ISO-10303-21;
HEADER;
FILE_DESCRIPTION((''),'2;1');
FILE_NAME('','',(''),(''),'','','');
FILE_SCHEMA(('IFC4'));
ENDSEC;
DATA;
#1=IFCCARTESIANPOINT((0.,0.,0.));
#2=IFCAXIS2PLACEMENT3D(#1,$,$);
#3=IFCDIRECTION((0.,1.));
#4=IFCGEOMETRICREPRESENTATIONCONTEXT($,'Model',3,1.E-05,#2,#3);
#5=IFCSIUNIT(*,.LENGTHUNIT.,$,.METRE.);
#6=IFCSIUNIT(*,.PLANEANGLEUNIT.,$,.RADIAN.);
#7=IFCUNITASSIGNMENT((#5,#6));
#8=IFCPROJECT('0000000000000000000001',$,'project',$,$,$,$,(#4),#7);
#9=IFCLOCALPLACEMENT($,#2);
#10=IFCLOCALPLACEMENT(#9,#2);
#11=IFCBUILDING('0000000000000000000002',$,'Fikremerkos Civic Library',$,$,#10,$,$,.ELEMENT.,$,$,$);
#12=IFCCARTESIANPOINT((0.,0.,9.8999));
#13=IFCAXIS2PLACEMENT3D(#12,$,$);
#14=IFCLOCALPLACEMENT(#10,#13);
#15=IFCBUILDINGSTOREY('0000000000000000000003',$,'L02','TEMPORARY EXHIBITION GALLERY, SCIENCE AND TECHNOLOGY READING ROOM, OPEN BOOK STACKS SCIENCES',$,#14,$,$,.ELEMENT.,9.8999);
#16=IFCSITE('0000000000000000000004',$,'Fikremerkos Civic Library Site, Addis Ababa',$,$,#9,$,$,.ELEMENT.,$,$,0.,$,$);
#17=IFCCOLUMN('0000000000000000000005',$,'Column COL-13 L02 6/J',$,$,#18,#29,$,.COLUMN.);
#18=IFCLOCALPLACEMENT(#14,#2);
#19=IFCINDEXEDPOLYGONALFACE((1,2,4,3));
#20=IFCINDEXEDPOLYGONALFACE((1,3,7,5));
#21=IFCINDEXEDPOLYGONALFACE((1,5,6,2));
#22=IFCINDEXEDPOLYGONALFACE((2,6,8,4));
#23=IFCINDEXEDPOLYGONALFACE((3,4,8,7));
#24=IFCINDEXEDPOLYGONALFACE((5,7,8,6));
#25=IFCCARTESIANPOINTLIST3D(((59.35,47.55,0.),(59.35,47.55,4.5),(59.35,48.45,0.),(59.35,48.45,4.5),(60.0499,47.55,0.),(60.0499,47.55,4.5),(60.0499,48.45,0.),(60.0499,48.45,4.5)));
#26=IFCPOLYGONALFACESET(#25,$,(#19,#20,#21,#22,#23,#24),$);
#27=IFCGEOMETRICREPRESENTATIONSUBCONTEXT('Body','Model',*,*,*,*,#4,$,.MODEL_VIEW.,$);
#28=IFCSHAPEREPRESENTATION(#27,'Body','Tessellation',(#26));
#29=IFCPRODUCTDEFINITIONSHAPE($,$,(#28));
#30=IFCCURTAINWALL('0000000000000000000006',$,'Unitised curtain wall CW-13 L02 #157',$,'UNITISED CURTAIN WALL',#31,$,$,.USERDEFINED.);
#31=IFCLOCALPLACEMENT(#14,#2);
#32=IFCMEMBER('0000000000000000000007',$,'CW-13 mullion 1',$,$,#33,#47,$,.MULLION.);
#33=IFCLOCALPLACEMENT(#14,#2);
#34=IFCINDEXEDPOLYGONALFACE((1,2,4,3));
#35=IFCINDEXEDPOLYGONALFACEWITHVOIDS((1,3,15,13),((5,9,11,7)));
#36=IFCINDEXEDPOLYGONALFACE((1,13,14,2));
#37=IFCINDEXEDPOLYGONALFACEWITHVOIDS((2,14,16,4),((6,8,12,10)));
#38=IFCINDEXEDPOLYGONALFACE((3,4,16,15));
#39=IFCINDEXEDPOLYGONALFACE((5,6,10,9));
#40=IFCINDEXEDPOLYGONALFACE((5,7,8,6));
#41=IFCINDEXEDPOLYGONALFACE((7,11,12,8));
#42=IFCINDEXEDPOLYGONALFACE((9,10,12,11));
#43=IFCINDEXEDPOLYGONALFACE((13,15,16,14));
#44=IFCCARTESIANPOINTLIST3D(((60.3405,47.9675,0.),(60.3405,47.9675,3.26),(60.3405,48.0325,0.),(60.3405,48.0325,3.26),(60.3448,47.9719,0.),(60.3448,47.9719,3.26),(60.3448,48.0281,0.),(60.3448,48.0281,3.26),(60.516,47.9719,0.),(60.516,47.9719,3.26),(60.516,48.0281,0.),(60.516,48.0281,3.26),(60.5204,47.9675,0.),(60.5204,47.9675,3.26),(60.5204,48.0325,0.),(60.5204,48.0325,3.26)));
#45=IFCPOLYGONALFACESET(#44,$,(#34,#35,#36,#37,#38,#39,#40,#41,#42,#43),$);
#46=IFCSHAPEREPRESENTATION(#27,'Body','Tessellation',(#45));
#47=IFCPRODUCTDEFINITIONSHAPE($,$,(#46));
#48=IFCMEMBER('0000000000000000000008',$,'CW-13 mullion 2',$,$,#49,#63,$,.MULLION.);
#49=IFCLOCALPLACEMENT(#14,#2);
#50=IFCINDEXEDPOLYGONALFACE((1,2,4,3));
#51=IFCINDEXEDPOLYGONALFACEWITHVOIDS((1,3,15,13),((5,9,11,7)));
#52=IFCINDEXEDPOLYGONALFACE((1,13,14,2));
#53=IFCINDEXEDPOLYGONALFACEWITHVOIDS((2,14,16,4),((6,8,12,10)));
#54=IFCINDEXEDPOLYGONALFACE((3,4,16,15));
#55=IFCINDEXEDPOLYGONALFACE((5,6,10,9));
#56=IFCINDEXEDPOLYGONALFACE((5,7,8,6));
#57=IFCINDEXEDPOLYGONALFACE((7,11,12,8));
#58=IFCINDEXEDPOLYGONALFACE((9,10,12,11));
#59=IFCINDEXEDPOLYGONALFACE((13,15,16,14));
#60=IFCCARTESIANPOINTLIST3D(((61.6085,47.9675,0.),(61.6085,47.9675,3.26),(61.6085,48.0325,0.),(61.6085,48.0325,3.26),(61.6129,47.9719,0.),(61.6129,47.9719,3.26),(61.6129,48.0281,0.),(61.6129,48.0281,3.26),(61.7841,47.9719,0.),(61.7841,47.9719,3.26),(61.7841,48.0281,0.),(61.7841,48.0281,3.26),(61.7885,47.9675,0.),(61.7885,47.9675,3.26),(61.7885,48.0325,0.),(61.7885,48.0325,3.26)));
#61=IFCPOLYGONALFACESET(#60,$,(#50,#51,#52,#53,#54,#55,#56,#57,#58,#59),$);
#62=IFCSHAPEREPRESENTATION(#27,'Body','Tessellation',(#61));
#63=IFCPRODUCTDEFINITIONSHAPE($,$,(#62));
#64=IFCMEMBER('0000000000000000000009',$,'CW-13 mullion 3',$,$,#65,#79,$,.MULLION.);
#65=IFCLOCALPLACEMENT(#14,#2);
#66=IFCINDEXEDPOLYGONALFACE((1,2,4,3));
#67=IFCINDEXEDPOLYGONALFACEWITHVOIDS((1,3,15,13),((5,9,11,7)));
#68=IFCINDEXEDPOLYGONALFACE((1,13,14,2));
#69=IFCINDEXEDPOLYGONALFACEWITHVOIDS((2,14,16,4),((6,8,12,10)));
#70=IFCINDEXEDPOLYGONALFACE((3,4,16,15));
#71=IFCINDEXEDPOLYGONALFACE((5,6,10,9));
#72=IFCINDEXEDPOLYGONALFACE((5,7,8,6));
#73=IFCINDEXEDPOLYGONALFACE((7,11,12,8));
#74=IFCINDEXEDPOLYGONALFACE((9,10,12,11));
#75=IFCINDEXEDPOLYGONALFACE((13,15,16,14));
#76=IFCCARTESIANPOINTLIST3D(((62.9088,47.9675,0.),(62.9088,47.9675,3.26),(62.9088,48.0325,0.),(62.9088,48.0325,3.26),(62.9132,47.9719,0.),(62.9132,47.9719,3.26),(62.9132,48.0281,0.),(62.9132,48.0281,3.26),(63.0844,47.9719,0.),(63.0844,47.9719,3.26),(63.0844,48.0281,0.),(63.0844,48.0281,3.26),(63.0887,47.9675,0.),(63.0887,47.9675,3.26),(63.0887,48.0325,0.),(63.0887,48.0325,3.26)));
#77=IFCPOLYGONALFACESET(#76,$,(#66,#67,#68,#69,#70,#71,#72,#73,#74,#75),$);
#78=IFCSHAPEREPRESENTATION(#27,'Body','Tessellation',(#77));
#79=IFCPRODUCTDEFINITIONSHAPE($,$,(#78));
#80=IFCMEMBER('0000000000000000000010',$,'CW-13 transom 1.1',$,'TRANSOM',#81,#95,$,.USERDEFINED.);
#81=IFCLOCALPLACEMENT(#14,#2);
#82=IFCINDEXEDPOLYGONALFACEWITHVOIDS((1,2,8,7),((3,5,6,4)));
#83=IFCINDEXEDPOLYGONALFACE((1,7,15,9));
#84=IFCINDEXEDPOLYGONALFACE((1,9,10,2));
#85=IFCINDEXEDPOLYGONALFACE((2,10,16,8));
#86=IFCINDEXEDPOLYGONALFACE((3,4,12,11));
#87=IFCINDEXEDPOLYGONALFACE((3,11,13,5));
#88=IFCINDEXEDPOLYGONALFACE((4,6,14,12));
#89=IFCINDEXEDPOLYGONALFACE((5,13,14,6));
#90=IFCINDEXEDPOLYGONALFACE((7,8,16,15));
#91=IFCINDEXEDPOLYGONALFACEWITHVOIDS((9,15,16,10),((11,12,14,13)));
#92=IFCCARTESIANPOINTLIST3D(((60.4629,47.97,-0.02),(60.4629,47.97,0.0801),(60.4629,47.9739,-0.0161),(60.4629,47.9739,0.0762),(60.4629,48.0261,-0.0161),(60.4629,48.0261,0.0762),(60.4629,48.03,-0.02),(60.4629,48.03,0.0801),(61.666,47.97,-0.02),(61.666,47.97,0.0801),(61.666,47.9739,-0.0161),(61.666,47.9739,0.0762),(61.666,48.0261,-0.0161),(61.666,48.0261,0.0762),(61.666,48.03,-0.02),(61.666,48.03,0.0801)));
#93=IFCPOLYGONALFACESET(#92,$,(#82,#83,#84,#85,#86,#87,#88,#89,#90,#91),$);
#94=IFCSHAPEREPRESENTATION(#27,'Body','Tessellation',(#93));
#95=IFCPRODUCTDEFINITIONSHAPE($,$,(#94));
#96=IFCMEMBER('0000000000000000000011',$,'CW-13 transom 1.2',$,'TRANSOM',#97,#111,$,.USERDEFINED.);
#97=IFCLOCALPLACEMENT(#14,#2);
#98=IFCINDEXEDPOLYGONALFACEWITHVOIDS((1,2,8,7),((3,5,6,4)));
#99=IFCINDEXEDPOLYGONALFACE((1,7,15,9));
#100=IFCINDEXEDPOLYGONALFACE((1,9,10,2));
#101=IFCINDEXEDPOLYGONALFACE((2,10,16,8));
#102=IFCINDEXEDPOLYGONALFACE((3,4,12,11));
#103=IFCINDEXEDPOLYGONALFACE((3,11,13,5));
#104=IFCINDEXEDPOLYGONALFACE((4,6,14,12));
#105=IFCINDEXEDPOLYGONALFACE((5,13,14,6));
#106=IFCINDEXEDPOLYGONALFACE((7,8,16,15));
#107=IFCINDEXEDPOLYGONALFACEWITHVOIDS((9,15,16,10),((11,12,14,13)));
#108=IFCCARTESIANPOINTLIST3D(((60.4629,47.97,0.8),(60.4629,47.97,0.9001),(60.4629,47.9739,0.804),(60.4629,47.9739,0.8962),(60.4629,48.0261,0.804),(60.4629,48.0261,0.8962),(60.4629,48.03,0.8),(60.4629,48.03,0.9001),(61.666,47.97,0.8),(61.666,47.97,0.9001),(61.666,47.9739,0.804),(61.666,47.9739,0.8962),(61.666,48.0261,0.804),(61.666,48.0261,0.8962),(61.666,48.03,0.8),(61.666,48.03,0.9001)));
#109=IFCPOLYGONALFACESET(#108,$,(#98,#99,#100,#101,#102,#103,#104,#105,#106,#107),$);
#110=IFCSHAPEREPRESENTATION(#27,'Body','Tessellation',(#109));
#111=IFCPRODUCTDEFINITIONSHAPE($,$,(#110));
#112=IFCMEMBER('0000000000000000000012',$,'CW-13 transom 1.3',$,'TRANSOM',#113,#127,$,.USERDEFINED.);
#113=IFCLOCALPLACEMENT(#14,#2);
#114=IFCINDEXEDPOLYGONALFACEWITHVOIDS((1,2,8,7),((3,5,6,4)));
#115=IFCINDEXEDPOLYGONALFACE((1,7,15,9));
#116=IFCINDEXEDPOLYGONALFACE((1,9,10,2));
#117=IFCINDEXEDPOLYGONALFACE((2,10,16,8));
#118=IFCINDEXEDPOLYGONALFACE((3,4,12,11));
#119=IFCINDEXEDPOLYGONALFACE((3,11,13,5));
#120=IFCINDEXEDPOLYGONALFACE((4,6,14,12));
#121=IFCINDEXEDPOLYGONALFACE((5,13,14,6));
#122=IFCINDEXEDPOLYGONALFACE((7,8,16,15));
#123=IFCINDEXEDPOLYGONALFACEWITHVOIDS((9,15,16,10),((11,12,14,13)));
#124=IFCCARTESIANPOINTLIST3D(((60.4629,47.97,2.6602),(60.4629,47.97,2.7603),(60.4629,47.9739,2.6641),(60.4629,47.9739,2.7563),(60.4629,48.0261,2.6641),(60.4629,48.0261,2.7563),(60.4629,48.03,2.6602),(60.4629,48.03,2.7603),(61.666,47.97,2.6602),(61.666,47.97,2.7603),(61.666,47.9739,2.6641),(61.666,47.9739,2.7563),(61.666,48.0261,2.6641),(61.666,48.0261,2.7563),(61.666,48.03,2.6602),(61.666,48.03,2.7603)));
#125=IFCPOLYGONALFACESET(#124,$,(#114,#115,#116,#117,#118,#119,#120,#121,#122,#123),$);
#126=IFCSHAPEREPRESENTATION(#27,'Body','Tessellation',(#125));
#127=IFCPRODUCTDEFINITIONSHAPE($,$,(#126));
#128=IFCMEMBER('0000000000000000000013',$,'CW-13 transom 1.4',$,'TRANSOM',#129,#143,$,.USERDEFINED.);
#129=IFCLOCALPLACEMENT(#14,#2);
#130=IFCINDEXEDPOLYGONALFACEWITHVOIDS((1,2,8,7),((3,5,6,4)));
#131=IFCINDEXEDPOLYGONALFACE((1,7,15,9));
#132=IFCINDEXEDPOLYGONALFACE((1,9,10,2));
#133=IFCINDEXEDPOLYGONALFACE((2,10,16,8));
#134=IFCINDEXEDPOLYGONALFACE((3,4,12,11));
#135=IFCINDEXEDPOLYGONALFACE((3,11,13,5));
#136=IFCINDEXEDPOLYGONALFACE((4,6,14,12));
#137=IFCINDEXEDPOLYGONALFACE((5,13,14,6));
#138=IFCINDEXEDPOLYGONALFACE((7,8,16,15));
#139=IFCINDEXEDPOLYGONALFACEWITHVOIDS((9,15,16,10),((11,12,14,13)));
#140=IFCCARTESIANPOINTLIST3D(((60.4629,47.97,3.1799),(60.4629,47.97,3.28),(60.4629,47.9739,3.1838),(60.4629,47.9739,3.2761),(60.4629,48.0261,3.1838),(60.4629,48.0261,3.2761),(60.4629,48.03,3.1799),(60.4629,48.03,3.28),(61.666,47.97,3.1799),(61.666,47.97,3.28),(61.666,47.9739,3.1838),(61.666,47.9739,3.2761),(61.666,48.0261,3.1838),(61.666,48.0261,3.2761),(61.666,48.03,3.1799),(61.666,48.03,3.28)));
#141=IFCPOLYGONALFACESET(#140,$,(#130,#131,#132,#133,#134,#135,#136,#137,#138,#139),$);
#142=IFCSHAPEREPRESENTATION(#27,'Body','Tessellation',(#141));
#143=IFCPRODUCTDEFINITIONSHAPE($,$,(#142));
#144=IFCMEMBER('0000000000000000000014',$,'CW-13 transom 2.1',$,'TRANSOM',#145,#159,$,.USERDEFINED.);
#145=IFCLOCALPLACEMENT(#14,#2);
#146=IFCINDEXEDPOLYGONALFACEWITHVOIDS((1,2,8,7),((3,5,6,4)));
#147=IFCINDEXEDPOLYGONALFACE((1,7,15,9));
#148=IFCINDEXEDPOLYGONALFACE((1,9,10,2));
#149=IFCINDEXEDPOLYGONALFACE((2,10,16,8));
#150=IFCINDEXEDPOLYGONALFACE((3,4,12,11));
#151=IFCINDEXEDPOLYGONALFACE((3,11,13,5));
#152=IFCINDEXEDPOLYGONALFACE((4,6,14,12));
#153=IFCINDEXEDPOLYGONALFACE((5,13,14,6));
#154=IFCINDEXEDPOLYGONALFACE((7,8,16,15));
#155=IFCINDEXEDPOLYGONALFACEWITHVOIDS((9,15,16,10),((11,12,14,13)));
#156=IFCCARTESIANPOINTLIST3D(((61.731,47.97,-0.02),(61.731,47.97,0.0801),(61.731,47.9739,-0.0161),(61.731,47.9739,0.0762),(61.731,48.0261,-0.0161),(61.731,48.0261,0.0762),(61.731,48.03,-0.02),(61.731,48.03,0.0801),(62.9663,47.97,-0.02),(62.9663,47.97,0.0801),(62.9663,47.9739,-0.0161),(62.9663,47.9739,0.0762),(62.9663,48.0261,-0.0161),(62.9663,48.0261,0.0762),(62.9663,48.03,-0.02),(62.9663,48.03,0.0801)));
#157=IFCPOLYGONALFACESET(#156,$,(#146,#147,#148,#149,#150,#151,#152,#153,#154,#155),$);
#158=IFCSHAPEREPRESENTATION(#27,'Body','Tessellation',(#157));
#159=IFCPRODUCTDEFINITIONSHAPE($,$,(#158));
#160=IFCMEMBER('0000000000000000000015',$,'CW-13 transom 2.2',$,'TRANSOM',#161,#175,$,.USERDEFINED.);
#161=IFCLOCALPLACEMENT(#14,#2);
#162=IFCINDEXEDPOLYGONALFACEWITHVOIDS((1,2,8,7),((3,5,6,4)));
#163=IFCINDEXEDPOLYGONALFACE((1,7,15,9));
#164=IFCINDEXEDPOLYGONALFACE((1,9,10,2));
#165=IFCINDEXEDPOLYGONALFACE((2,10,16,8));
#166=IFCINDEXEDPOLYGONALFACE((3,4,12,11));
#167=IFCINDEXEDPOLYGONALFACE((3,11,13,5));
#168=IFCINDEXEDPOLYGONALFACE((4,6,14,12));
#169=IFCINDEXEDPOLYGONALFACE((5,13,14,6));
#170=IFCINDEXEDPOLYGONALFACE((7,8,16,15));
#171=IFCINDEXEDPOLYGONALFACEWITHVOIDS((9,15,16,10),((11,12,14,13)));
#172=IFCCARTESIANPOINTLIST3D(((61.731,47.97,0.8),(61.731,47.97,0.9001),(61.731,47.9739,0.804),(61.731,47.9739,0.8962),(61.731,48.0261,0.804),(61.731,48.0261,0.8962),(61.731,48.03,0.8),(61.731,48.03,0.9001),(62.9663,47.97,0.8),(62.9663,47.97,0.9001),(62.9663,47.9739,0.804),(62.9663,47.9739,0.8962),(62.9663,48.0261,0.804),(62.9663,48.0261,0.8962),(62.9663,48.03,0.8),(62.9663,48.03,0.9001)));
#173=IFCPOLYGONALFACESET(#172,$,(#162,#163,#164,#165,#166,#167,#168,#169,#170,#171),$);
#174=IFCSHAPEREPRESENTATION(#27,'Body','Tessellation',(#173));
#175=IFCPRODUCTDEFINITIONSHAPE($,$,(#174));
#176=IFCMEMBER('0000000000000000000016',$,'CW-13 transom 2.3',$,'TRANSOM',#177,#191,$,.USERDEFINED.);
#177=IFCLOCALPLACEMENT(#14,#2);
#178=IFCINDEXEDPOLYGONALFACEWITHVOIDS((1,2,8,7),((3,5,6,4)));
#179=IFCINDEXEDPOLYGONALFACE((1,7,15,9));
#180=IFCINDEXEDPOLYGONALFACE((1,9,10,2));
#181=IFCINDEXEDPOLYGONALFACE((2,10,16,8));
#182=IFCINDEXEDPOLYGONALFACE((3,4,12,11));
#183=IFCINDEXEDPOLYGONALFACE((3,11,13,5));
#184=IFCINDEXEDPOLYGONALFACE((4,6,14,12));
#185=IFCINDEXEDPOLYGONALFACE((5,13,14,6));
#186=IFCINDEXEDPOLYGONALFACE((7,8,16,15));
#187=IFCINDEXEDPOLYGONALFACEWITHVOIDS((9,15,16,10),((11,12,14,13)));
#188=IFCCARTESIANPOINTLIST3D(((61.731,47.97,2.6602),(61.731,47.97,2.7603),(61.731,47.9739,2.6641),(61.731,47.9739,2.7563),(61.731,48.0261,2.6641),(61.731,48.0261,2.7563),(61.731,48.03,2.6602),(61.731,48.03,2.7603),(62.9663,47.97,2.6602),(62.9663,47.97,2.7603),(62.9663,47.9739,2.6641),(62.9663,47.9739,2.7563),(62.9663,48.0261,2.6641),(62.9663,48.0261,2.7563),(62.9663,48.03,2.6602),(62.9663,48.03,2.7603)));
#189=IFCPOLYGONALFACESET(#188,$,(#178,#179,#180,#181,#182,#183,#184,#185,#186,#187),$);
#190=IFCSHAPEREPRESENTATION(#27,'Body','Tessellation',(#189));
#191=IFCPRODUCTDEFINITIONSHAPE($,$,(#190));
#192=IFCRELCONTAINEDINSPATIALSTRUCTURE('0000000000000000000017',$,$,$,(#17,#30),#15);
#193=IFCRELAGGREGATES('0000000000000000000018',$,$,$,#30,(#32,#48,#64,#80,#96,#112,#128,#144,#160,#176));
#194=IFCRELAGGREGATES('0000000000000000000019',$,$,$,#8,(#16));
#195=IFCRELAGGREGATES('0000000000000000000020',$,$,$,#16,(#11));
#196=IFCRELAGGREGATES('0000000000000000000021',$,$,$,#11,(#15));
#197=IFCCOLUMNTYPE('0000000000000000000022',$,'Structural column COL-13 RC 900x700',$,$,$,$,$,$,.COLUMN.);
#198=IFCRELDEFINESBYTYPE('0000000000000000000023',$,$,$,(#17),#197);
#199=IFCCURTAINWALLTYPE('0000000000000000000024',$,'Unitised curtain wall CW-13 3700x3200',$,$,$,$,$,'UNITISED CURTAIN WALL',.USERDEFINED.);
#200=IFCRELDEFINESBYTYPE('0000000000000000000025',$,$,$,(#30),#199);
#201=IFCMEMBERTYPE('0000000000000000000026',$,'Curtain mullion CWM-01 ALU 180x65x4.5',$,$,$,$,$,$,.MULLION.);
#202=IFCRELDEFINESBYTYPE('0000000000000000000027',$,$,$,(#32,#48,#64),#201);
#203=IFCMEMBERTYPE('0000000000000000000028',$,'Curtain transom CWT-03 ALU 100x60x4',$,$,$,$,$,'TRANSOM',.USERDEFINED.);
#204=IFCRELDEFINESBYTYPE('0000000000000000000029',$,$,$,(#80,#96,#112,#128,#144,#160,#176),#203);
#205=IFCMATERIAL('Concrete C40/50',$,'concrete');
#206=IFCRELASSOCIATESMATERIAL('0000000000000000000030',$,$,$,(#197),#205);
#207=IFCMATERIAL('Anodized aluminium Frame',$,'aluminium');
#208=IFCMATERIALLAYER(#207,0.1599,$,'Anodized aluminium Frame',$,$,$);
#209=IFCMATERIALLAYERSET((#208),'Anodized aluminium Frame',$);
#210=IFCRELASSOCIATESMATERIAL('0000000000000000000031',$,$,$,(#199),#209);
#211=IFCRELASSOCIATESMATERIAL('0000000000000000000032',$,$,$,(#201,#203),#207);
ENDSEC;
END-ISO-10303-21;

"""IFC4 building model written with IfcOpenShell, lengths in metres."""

from ifc_helpers import new_model, si_unit, direction, frame, origin, origin_2d, place, context, subcontext, project, spatial, rectangle, hollow_rectangle, extrude, material, layer, layer_set, material_profile, profile_set, type_object, element, aggregate, save


model = new_model("IFC4")

# Units and contexts
model_context = context("Model", 3, precision=1e-05, world=origin(), true_north=direction((0.0, 1.0)))
body_context = subcontext(model_context, "Body", "Model", "MODEL_VIEW")
ifc_project = project(units=[si_unit("LENGTHUNIT", "METRE"), si_unit("PLANEANGLEUNIT", "RADIAN")], contexts=[model_context])

# Site, building, storey
site_placement = place(None, origin())
site = spatial("IfcSite", under=ifc_project, at=site_placement, Name="Fikremerkos Civic Library Site, Addis Ababa", CompositionType="ELEMENT", RefElevation=0.0)
building_placement = place(site_placement, origin())
building = spatial("IfcBuilding", under=site, at=building_placement, Name="Fikremerkos Civic Library", CompositionType="ELEMENT")
storey_placement = place(building_placement, frame((0.0, 0.0, 9.8999)))
storey = spatial("IfcBuildingStorey", under=building, at=storey_placement, Name="L02", Description="TEMPORARY EXHIBITION GALLERY, SCIENCE AND TECHNOLOGY READING ROOM, OPEN BOOK STACKS SCIENCES", CompositionType="ELEMENT", Elevation=9.8999)

# Column
ifc_material_1 = material(Name="Concrete C40/50", Category="concrete")
ifc_material_profile_1 = material_profile(ifc_material_1, rectangle(XDim=0.8999, YDim=0.7, at=origin_2d()), Name="RC 900x700")
ifc_profile_set_1 = profile_set([ifc_material_profile_1], Name="Concrete C40/50")
column_type = type_object("IfcColumnType", Name="Structural column COL-13 RC 900x700", PredefinedType="COLUMN", material=ifc_profile_set_1)
column_placement = place(storey_placement, frame((59.7, 48.0, 0.0), z_axis=(0.0, 0.0, 1.0), x_axis=(0.0, 1.0, 0.0)))
element("IfcColumn", 1, at=column_placement, inside=storey, type_object=column_type, Name="Column COL-13 L02 6/J", PredefinedType="COLUMN", context=body_context, shape_type="SweptSolid", body=[
    extrude(rectangle(XDim=0.8999, YDim=0.7, at=origin_2d()), origin(), (0.0, 0.0, 1.0), 4.5),
])

# Curtain wall, members
ifc_material_2 = material(Name="Anodized aluminium Frame", Category="aluminium")
ifc_layer_1 = layer(ifc_material_2, 0.1599, Name="Anodized aluminium Frame")
ifc_layer_set_1 = layer_set([ifc_layer_1], Name="Anodized aluminium Frame")
curtain_wall_type = type_object("IfcCurtainWallType", Name="Unitised curtain wall CW-13 3700x3200", ElementType="UNITISED CURTAIN WALL", PredefinedType="USERDEFINED", material=ifc_layer_set_1)
curtain_wall_placement = place(storey_placement, origin())
curtain_wall = element("IfcCurtainWall", 2, at=curtain_wall_placement, inside=storey, type_object=curtain_wall_type, Name="Unitised curtain wall CW-13 L02 #157", ObjectType="UNITISED CURTAIN WALL", PredefinedType="USERDEFINED")
ifc_material_profile_2 = material_profile(ifc_material_2, hollow_rectangle(XDim=0.0649, YDim=0.1799, WallThickness=0.0044, at=origin_2d()), Name="ALU 180x65x4.5")
ifc_profile_set_2 = profile_set([ifc_material_profile_2], Name="Anodized aluminium Frame")
member_type_1 = type_object("IfcMemberType", Name="Curtain mullion CWM-01 ALU 180x65x4.5", PredefinedType="MULLION", material=ifc_profile_set_2)
member_1_placement = place(storey_placement, frame((60.4304, 48.0, 0.0), z_axis=(0.0, 0.0, 1.0), x_axis=(0.0, 1.0, 0.0)))
member_1 = element("IfcMember", 3, at=member_1_placement, type_object=member_type_1, Name="CW-13 mullion 1", PredefinedType="MULLION", context=body_context, shape_type="SweptSolid", body=[
    extrude(hollow_rectangle(XDim=0.0649, YDim=0.1799, WallThickness=0.0044, at=origin_2d()), origin(), (0.0, 0.0, 1.0), 3.26),
])
member_2_placement = place(storey_placement, frame((61.6985, 48.0, 0.0), z_axis=(0.0, 0.0, 1.0), x_axis=(0.0, 1.0, 0.0)))
member_2 = element("IfcMember", 4, at=member_2_placement, type_object=member_type_1, Name="CW-13 mullion 2", PredefinedType="MULLION", context=body_context, shape_type="SweptSolid", body=[
    extrude(hollow_rectangle(XDim=0.0649, YDim=0.1799, WallThickness=0.0044, at=origin_2d()), origin(), (0.0, 0.0, 1.0), 3.26),
])
member_3_placement = place(storey_placement, frame((62.9988, 48.0, 0.0), z_axis=(0.0, 0.0, 1.0), x_axis=(0.0, 1.0, 0.0)))
member_3 = element("IfcMember", 5, at=member_3_placement, type_object=member_type_1, Name="CW-13 mullion 3", PredefinedType="MULLION", context=body_context, shape_type="SweptSolid", body=[
    extrude(hollow_rectangle(XDim=0.0649, YDim=0.1799, WallThickness=0.0044, at=origin_2d()), origin(), (0.0, 0.0, 1.0), 3.26),
])
ifc_material_profile_3 = material_profile(ifc_material_2, hollow_rectangle(XDim=0.0601, YDim=0.1001, WallThickness=0.0039, at=origin_2d()), Name="ALU 100x60x4")
ifc_profile_set_3 = profile_set([ifc_material_profile_3], Name="Anodized aluminium Frame")
member_type_2 = type_object("IfcMemberType", Name="Curtain transom CWT-03 ALU 100x60x4", ElementType="TRANSOM", PredefinedType="USERDEFINED", material=ifc_profile_set_3)
member_4_placement = place(storey_placement, frame((60.4629, 48.0, 0.03), z_axis=(1.0, 0.0, 0.0), x_axis=(0.0, 1.0, 0.0)))
member_4 = element("IfcMember", 6, at=member_4_placement, type_object=member_type_2, Name="CW-13 transom 1.1", ObjectType="TRANSOM", PredefinedType="USERDEFINED", context=body_context, shape_type="SweptSolid", body=[
    extrude(hollow_rectangle(XDim=0.0601, YDim=0.1001, WallThickness=0.0039, at=origin_2d()), origin(), (0.0, 0.0, 1.0), 1.2031),
])
member_5_placement = place(storey_placement, frame((60.4629, 48.0, 0.8501), z_axis=(1.0, 0.0, 0.0), x_axis=(0.0, 1.0, 0.0)))
member_5 = element("IfcMember", 7, at=member_5_placement, type_object=member_type_2, Name="CW-13 transom 1.2", ObjectType="TRANSOM", PredefinedType="USERDEFINED", context=body_context, shape_type="SweptSolid", body=[
    extrude(hollow_rectangle(XDim=0.0601, YDim=0.1001, WallThickness=0.0039, at=origin_2d()), origin(), (0.0, 0.0, 1.0), 1.2031),
])
member_6_placement = place(storey_placement, frame((60.4629, 48.0, 2.7102), z_axis=(1.0, 0.0, 0.0), x_axis=(0.0, 1.0, 0.0)))
member_6 = element("IfcMember", 8, at=member_6_placement, type_object=member_type_2, Name="CW-13 transom 1.3", ObjectType="TRANSOM", PredefinedType="USERDEFINED", context=body_context, shape_type="SweptSolid", body=[
    extrude(hollow_rectangle(XDim=0.0601, YDim=0.1001, WallThickness=0.0039, at=origin_2d()), origin(), (0.0, 0.0, 1.0), 1.2031),
])
member_7_placement = place(storey_placement, frame((60.4629, 48.0, 3.23), z_axis=(1.0, 0.0, 0.0), x_axis=(0.0, 1.0, 0.0)))
member_7 = element("IfcMember", 9, at=member_7_placement, type_object=member_type_2, Name="CW-13 transom 1.4", ObjectType="TRANSOM", PredefinedType="USERDEFINED", context=body_context, shape_type="SweptSolid", body=[
    extrude(hollow_rectangle(XDim=0.0601, YDim=0.1001, WallThickness=0.0039, at=origin_2d()), origin(), (0.0, 0.0, 1.0), 1.2031),
])
member_8_placement = place(storey_placement, frame((61.731, 48.0, 0.03), z_axis=(1.0, 0.0, 0.0), x_axis=(0.0, 1.0, 0.0)))
member_8 = element("IfcMember", 10, at=member_8_placement, type_object=member_type_2, Name="CW-13 transom 2.1", ObjectType="TRANSOM", PredefinedType="USERDEFINED", context=body_context, shape_type="SweptSolid", body=[
    extrude(hollow_rectangle(XDim=0.0601, YDim=0.1001, WallThickness=0.0039, at=origin_2d()), origin(), (0.0, 0.0, 1.0), 1.2354),
])
member_9_placement = place(storey_placement, frame((61.731, 48.0, 0.8501), z_axis=(1.0, 0.0, 0.0), x_axis=(0.0, 1.0, 0.0)))
member_9 = element("IfcMember", 11, at=member_9_placement, type_object=member_type_2, Name="CW-13 transom 2.2", ObjectType="TRANSOM", PredefinedType="USERDEFINED", context=body_context, shape_type="SweptSolid", body=[
    extrude(hollow_rectangle(XDim=0.0601, YDim=0.1001, WallThickness=0.0039, at=origin_2d()), origin(), (0.0, 0.0, 1.0), 1.2354),
])
member_10_placement = place(storey_placement, frame((61.731, 48.0, 2.7102), z_axis=(1.0, 0.0, 0.0), x_axis=(0.0, 1.0, 0.0)))
member_10 = element("IfcMember", 12, at=member_10_placement, type_object=member_type_2, Name="CW-13 transom 2.3", ObjectType="TRANSOM", PredefinedType="USERDEFINED", context=body_context, shape_type="SweptSolid", body=[
    extrude(hollow_rectangle(XDim=0.0601, YDim=0.1001, WallThickness=0.0039, at=origin_2d()), origin(), (0.0, 0.0, 1.0), 1.2354),
])

aggregate(curtain_wall, [member_1, member_2, member_3, member_4, member_5, member_6, member_7, member_8, member_9, member_10])

save(model, "model.ifc")
